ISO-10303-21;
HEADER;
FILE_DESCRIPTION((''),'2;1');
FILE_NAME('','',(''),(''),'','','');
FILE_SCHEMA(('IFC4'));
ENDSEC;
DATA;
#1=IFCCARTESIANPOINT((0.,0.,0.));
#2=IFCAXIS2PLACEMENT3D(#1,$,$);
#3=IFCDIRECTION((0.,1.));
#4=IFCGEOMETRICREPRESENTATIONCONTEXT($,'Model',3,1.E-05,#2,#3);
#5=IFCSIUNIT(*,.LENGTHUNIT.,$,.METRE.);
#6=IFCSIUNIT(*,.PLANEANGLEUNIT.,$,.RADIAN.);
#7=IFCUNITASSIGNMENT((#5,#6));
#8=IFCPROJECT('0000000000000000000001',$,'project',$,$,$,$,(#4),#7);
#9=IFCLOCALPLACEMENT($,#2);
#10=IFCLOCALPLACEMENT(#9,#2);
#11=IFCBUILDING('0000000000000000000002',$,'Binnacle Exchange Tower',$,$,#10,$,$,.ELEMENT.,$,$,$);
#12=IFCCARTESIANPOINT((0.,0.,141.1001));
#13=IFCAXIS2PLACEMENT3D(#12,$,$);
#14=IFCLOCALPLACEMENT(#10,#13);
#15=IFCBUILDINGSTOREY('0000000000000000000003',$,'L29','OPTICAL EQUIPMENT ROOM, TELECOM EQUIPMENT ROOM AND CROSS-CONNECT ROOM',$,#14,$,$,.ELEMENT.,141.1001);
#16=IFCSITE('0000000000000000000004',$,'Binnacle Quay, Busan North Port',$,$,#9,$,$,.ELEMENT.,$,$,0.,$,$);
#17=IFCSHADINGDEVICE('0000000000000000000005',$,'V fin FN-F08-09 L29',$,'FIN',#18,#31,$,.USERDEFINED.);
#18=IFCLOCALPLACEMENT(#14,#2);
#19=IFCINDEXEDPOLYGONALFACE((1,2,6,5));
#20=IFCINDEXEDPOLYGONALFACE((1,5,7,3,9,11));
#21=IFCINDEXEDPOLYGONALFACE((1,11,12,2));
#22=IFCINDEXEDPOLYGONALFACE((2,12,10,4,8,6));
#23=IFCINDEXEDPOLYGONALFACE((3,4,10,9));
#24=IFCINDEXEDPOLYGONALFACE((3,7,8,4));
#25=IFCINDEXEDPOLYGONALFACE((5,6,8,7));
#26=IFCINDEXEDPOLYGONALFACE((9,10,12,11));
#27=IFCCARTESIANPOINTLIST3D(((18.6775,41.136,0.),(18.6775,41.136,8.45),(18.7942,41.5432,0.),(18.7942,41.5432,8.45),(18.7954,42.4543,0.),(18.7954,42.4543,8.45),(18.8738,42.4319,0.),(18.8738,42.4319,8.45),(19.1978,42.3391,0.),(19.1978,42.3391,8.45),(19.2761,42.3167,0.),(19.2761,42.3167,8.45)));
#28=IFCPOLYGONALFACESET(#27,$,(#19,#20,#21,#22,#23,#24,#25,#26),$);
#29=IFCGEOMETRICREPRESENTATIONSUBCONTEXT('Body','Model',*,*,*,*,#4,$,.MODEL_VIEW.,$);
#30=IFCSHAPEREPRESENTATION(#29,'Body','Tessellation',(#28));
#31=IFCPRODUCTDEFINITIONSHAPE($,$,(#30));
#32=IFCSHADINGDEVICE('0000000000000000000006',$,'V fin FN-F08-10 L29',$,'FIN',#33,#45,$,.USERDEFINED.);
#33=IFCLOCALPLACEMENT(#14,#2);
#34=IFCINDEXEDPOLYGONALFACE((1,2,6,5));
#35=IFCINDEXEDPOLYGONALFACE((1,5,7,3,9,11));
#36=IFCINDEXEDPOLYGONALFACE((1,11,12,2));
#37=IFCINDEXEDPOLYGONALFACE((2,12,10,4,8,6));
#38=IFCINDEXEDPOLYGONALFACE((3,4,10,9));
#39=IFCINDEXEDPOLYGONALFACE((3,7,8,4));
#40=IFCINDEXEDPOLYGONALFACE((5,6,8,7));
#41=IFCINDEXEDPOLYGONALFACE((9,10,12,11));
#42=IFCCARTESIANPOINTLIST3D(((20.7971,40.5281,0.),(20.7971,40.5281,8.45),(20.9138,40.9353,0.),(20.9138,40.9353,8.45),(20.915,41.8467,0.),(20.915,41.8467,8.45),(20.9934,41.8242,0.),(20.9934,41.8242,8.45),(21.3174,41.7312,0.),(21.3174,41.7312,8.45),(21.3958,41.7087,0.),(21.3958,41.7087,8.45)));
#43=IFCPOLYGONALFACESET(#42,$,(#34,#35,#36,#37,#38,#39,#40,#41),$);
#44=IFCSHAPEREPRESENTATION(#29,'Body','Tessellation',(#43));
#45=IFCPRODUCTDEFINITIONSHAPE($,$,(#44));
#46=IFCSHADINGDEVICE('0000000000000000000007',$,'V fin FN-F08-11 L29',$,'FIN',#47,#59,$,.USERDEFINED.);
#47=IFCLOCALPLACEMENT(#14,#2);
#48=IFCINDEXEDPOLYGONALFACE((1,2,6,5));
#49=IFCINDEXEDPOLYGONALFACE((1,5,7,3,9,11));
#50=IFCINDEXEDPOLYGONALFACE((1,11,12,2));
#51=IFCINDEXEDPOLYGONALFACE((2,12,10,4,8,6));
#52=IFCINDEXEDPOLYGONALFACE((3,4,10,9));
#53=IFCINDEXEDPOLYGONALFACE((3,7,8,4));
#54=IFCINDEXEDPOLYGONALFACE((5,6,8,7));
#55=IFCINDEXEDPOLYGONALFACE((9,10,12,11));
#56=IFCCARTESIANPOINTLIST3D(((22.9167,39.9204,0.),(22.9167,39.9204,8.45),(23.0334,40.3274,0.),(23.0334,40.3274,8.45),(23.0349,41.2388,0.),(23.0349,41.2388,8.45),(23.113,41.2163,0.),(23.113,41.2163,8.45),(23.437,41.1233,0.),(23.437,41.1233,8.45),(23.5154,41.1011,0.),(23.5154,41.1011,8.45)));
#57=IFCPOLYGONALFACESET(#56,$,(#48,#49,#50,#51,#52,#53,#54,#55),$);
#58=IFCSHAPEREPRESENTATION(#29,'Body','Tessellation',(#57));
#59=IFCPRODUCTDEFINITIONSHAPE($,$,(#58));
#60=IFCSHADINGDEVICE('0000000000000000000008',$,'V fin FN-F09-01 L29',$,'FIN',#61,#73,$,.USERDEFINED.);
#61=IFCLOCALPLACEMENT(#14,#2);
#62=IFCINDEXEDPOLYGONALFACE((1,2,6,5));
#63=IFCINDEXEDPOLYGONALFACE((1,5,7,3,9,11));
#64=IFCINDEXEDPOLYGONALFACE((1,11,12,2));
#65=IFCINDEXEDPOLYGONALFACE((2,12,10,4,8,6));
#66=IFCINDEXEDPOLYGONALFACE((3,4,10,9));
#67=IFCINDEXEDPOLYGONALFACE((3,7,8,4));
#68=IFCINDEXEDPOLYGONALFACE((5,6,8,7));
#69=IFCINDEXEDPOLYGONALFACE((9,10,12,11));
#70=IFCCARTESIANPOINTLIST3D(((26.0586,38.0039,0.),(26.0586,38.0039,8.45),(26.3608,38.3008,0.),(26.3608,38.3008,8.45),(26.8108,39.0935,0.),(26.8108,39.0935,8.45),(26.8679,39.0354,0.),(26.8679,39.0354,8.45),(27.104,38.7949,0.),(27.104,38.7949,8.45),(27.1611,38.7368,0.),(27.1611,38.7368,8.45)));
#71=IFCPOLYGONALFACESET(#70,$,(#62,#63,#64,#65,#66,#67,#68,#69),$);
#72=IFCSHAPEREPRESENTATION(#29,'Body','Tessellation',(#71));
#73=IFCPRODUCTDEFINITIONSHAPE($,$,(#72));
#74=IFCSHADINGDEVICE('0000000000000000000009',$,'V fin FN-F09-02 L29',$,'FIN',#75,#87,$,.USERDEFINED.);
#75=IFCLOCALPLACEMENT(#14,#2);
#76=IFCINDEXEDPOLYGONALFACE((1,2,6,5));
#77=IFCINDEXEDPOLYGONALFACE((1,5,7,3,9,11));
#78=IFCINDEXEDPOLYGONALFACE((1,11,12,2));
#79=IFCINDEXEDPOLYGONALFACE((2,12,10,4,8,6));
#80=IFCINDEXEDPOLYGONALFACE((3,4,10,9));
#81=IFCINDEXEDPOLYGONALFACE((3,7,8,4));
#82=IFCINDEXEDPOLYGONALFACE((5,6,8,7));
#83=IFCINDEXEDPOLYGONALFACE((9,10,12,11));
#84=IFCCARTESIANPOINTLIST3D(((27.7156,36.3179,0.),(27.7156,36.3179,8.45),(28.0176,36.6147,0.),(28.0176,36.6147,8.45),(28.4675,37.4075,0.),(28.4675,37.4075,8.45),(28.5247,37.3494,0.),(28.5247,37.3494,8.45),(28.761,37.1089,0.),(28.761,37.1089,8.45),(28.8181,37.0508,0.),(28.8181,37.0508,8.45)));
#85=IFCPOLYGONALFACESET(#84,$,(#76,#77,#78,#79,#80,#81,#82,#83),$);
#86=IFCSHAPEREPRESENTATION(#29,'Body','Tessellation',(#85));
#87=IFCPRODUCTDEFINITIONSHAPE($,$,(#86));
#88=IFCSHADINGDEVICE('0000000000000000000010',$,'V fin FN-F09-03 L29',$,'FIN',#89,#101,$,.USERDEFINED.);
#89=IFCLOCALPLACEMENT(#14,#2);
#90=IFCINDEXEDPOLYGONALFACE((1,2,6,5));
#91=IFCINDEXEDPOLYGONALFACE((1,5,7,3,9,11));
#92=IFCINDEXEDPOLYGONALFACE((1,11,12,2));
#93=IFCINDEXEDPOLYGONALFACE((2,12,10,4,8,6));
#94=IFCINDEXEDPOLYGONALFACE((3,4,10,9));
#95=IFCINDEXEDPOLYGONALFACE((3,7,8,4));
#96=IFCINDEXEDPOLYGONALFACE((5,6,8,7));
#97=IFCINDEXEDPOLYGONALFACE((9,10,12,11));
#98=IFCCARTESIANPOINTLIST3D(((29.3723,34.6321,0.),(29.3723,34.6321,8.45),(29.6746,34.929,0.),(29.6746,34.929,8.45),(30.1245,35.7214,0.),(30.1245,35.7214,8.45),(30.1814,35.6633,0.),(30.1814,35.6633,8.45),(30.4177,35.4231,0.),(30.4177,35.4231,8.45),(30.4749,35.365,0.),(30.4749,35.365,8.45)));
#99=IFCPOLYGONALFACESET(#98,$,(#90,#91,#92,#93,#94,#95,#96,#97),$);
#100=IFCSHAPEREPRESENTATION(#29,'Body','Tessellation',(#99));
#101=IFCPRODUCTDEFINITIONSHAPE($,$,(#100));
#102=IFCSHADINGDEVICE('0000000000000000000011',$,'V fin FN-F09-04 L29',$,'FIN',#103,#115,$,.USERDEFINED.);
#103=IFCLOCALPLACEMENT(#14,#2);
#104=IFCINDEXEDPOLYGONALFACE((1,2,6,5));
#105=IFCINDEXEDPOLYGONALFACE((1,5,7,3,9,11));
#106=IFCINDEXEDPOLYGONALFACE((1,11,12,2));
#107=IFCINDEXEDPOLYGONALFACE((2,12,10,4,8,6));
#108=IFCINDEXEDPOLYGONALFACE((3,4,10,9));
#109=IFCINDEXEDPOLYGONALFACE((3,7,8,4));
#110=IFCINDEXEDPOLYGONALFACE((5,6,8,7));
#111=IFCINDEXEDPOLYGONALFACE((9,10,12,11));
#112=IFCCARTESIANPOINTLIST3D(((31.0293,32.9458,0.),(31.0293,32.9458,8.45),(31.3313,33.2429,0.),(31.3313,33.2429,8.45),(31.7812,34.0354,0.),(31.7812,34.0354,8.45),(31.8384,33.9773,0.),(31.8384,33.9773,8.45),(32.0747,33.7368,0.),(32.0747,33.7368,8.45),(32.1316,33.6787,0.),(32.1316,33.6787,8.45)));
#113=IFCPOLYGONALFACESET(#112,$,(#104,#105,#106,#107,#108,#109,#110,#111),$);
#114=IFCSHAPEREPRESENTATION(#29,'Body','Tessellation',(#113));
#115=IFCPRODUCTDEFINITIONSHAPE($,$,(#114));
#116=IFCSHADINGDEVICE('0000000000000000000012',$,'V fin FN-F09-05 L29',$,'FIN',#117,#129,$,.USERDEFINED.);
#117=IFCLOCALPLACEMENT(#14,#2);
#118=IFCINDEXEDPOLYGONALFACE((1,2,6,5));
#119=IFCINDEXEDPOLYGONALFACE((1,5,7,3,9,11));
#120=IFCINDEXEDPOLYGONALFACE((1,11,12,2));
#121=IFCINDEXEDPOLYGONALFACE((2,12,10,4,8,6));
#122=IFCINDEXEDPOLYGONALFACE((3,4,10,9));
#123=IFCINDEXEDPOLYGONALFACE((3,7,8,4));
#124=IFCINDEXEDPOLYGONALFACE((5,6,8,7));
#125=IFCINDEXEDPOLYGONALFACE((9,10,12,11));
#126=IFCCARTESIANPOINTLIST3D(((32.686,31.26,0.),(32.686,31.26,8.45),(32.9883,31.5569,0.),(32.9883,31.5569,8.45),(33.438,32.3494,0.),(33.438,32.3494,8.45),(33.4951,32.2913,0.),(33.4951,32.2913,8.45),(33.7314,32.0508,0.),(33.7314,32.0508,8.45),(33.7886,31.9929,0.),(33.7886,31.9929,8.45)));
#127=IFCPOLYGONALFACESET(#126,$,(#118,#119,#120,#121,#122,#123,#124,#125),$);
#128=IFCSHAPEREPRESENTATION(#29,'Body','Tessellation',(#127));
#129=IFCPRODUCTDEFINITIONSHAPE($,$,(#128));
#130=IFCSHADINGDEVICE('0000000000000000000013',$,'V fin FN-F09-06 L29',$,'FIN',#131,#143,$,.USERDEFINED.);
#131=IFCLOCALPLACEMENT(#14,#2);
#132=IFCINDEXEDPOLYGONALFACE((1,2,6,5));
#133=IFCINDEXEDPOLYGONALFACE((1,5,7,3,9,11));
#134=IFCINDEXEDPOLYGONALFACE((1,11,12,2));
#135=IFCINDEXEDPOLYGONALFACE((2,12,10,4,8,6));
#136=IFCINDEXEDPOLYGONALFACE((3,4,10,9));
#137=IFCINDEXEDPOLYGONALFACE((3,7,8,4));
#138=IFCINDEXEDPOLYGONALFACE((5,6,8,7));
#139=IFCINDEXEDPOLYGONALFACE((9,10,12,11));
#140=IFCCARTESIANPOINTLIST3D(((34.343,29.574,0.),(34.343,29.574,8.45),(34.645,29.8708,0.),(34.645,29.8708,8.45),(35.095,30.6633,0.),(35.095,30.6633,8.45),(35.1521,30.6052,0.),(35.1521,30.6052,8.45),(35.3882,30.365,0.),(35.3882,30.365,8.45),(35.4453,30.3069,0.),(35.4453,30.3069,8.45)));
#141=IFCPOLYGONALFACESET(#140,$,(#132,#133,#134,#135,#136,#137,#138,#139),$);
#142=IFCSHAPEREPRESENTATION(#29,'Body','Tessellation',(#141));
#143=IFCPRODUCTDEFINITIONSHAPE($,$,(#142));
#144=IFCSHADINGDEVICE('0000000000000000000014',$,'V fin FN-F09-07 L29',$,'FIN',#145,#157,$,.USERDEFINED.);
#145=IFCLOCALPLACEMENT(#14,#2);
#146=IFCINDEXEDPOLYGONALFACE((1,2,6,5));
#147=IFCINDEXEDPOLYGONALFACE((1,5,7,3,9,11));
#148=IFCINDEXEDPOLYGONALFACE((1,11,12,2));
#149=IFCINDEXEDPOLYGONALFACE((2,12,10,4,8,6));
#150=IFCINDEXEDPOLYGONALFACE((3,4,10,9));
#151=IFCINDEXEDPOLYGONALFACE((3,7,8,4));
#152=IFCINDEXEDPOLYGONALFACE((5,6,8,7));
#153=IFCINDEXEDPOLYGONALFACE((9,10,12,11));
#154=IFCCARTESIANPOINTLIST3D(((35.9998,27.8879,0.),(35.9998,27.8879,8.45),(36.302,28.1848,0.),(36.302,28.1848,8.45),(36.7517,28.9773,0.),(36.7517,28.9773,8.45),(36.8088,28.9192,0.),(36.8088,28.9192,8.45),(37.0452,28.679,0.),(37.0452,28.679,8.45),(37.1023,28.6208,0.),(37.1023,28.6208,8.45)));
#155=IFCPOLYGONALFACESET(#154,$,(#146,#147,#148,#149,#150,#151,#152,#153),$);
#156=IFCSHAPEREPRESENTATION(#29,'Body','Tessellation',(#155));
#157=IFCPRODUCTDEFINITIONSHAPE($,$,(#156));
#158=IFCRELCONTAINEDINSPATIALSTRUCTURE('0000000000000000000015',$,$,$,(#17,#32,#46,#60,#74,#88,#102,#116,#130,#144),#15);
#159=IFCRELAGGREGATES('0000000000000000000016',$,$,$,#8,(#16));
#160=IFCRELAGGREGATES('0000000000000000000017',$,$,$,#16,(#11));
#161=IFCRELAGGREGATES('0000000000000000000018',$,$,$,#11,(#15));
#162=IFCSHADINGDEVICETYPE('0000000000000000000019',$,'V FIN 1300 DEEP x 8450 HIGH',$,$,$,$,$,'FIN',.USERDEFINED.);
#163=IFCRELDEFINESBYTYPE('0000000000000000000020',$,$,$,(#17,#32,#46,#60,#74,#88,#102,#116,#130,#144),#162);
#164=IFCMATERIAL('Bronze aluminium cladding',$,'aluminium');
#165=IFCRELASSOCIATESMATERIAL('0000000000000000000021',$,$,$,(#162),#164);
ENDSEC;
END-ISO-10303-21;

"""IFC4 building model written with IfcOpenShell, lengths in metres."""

from ifc_helpers import new_model, si_unit, direction, frame, origin, place, context, subcontext, project, spatial, polyline, outline, extrude, material, type_object, element, save


model = new_model("IFC4")

# Units and contexts
model_context = context("Model", 3, precision=1e-05, world=origin(), true_north=direction((0.0, 1.0)))
body_context = subcontext(model_context, "Body", "Model", "MODEL_VIEW")
ifc_project = project(units=[si_unit("LENGTHUNIT", "METRE"), si_unit("PLANEANGLEUNIT", "RADIAN")], contexts=[model_context])

# Site, building, storey
site_placement = place(None, origin())
site = spatial("IfcSite", under=ifc_project, at=site_placement, Name="Binnacle Quay, Busan North Port", CompositionType="ELEMENT", RefElevation=0.0)
building_placement = place(site_placement, origin())
building = spatial("IfcBuilding", under=site, at=building_placement, Name="Binnacle Exchange Tower", CompositionType="ELEMENT")
storey_placement = place(building_placement, frame((0.0, 0.0, 141.1001)))
storey = spatial("IfcBuildingStorey", under=building, at=storey_placement, Name="L29", Description="OPTICAL EQUIPMENT ROOM, TELECOM EQUIPMENT ROOM AND CROSS-CONNECT ROOM", CompositionType="ELEMENT", Elevation=141.1001)

# Shading devices
ifc_material = material(Name="Bronze aluminium cladding", Category="aluminium")
shading_device_type = type_object("IfcShadingDeviceType", Name="V FIN 1300 DEEP x 8450 HIGH", ElementType="FIN", PredefinedType="USERDEFINED", material=ifc_material)
shading_device_1_placement = place(storey_placement, origin())
element("IfcShadingDevice", 1, at=shading_device_1_placement, inside=storey, type_object=shading_device_type, Name="V fin FN-F08-09 L29", ObjectType="FIN", PredefinedType="USERDEFINED", context=body_context, shape_type="SweptSolid", body=[
    extrude(outline(polyline([(18.7954, 42.4543), (18.6775, 41.136), (19.2761, 42.3167), (19.1978, 42.3391), (18.7942, 41.5432), (18.8738, 42.4319), (18.7954, 42.4543)])), origin(), (0.0, 0.0, 1.0), 8.45),
])
shading_device_2_placement = place(storey_placement, origin())
element("IfcShadingDevice", 2, at=shading_device_2_placement, inside=storey, type_object=shading_device_type, Name="V fin FN-F08-10 L29", ObjectType="FIN", PredefinedType="USERDEFINED", context=body_context, shape_type="SweptSolid", body=[
    extrude(outline(polyline([(20.915, 41.8467), (20.7971, 40.5281), (21.3958, 41.7087), (21.3174, 41.7312), (20.9138, 40.9353), (20.9934, 41.8242), (20.915, 41.8467)])), origin(), (0.0, 0.0, 1.0), 8.45),
])
shading_device_3_placement = place(storey_placement, origin())
element("IfcShadingDevice", 3, at=shading_device_3_placement, inside=storey, type_object=shading_device_type, Name="V fin FN-F08-11 L29", ObjectType="FIN", PredefinedType="USERDEFINED", context=body_context, shape_type="SweptSolid", body=[
    extrude(outline(polyline([(23.0349, 41.2388), (22.9167, 39.9204), (23.5154, 41.1011), (23.437, 41.1233), (23.0334, 40.3274), (23.113, 41.2163), (23.0349, 41.2388)])), origin(), (0.0, 0.0, 1.0), 8.45),
])
shading_device_4_placement = place(storey_placement, origin())
element("IfcShadingDevice", 4, at=shading_device_4_placement, inside=storey, type_object=shading_device_type, Name="V fin FN-F09-01 L29", ObjectType="FIN", PredefinedType="USERDEFINED", context=body_context, shape_type="SweptSolid", body=[
    extrude(outline(polyline([(26.8108, 39.0935), (26.0586, 38.0039), (27.1611, 38.7368), (27.104, 38.7949), (26.3608, 38.3008), (26.8679, 39.0354), (26.8108, 39.0935)])), origin(), (0.0, 0.0, 1.0), 8.45),
])
shading_device_5_placement = place(storey_placement, origin())
element("IfcShadingDevice", 5, at=shading_device_5_placement, inside=storey, type_object=shading_device_type, Name="V fin FN-F09-02 L29", ObjectType="FIN", PredefinedType="USERDEFINED", context=body_context, shape_type="SweptSolid", body=[
    extrude(outline(polyline([(28.4675, 37.4075), (27.7156, 36.3179), (28.8181, 37.0508), (28.761, 37.1089), (28.0176, 36.6147), (28.5247, 37.3494), (28.4675, 37.4075)])), origin(), (0.0, 0.0, 1.0), 8.45),
])
shading_device_6_placement = place(storey_placement, origin())
element("IfcShadingDevice", 6, at=shading_device_6_placement, inside=storey, type_object=shading_device_type, Name="V fin FN-F09-03 L29", ObjectType="FIN", PredefinedType="USERDEFINED", context=body_context, shape_type="SweptSolid", body=[
    extrude(outline(polyline([(30.1245, 35.7214), (29.3723, 34.6321), (30.4749, 35.365), (30.4177, 35.4231), (29.6746, 34.929), (30.1814, 35.6633), (30.1245, 35.7214)])), origin(), (0.0, 0.0, 1.0), 8.45),
])
shading_device_7_placement = place(storey_placement, origin())
element("IfcShadingDevice", 7, at=shading_device_7_placement, inside=storey, type_object=shading_device_type, Name="V fin FN-F09-04 L29", ObjectType="FIN", PredefinedType="USERDEFINED", context=body_context, shape_type="SweptSolid", body=[
    extrude(outline(polyline([(31.7812, 34.0354), (31.0293, 32.9458), (32.1316, 33.6787), (32.0747, 33.7368), (31.3313, 33.2429), (31.8384, 33.9773), (31.7812, 34.0354)])), origin(), (0.0, 0.0, 1.0), 8.45),
])
shading_device_8_placement = place(storey_placement, origin())
element("IfcShadingDevice", 8, at=shading_device_8_placement, inside=storey, type_object=shading_device_type, Name="V fin FN-F09-05 L29", ObjectType="FIN", PredefinedType="USERDEFINED", context=body_context, shape_type="SweptSolid", body=[
    extrude(outline(polyline([(33.438, 32.3494), (32.686, 31.26), (33.7886, 31.9929), (33.7314, 32.0508), (32.9883, 31.5569), (33.4951, 32.2913), (33.438, 32.3494)])), origin(), (0.0, 0.0, 1.0), 8.45),
])
shading_device_9_placement = place(storey_placement, origin())
element("IfcShadingDevice", 9, at=shading_device_9_placement, inside=storey, type_object=shading_device_type, Name="V fin FN-F09-06 L29", ObjectType="FIN", PredefinedType="USERDEFINED", context=body_context, shape_type="SweptSolid", body=[
    extrude(outline(polyline([(35.095, 30.6633), (34.343, 29.574), (35.4453, 30.3069), (35.3882, 30.365), (34.645, 29.8708), (35.1521, 30.6052), (35.095, 30.6633)])), origin(), (0.0, 0.0, 1.0), 8.45),
])
shading_device_10_placement = place(storey_placement, origin())
element("IfcShadingDevice", 10, at=shading_device_10_placement, inside=storey, type_object=shading_device_type, Name="V fin FN-F09-07 L29", ObjectType="FIN", PredefinedType="USERDEFINED", context=body_context, shape_type="SweptSolid", body=[
    extrude(outline(polyline([(36.7517, 28.9773), (35.9998, 27.8879), (37.1023, 28.6208), (37.0452, 28.679), (36.302, 28.1848), (36.8088, 28.9192), (36.7517, 28.9773)])), origin(), (0.0, 0.0, 1.0), 8.45),
])

save(model, "model.ifc")
